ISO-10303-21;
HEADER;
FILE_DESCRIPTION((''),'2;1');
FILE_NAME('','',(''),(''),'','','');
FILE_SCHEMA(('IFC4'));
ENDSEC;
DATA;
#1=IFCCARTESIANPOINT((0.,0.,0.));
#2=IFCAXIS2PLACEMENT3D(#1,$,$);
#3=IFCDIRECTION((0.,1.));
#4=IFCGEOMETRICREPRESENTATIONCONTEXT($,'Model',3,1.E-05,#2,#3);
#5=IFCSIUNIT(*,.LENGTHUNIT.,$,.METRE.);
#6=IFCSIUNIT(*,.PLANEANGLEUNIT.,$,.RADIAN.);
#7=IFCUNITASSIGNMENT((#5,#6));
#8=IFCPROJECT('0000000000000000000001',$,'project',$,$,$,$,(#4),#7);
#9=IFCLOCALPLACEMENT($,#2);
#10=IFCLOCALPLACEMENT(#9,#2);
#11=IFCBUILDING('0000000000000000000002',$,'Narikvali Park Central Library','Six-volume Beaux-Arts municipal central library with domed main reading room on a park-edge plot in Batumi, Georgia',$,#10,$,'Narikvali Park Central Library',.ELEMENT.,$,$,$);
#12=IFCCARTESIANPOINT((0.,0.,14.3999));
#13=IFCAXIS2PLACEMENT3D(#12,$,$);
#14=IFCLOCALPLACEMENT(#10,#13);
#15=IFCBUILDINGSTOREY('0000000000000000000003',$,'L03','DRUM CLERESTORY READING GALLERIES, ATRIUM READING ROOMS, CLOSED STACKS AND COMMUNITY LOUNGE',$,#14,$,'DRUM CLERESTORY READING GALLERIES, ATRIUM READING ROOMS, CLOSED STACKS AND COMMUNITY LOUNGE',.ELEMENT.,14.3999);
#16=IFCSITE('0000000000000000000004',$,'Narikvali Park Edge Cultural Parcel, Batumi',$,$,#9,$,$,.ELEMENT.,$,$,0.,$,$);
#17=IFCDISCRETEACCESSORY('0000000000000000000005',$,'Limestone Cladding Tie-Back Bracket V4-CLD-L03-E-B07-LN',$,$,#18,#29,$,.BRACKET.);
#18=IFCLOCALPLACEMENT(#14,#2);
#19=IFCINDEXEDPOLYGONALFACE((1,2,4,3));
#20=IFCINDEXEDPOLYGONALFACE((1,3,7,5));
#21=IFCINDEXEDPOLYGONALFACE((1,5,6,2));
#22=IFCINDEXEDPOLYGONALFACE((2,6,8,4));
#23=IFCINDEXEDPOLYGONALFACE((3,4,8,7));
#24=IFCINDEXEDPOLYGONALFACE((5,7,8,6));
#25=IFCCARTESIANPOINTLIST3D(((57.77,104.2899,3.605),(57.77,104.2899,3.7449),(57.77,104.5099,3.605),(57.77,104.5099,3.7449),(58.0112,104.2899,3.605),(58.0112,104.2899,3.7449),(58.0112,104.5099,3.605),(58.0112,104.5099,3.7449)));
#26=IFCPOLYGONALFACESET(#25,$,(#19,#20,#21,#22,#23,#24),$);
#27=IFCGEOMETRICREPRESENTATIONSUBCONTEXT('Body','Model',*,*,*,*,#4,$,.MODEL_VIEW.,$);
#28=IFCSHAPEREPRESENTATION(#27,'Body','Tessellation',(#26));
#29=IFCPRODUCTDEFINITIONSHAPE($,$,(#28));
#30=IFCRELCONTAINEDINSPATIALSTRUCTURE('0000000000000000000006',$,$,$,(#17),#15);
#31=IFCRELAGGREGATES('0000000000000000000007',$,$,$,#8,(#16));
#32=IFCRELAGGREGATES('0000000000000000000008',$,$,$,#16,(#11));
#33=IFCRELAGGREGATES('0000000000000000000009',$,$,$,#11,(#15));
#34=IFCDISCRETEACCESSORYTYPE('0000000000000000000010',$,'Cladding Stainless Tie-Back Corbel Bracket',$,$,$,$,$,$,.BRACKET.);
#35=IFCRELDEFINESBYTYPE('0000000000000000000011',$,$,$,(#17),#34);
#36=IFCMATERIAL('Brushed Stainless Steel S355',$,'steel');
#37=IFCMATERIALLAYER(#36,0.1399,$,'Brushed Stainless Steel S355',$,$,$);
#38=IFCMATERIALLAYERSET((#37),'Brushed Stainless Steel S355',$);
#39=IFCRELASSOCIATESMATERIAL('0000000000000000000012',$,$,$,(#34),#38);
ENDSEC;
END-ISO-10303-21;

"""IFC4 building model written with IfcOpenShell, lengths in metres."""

from ifc_helpers import new_model, si_unit, direction, frame, origin, origin_2d, place, context, subcontext, project, spatial, rectangle, extrude, material, layer, layer_set, type_object, element, save


model = new_model("IFC4")

# Units and contexts
model_context = context("Model", 3, precision=1e-05, world=origin(), true_north=direction((0.0, 1.0)))
body_context = subcontext(model_context, "Body", "Model", "MODEL_VIEW")
ifc_project = project(units=[si_unit("LENGTHUNIT", "METRE"), si_unit("PLANEANGLEUNIT", "RADIAN")], contexts=[model_context])

# Site, building, storey
site_placement = place(None, origin())
site = spatial("IfcSite", under=ifc_project, at=site_placement, Name="Narikvali Park Edge Cultural Parcel, Batumi", CompositionType="ELEMENT", RefElevation=0.0)
building_placement = place(site_placement, origin())
building = spatial("IfcBuilding", under=site, at=building_placement, Name="Narikvali Park Central Library", Description="Six-volume Beaux-Arts municipal central library with domed main reading room on a park-edge plot in Batumi, Georgia", LongName="Narikvali Park Central Library", CompositionType="ELEMENT")
storey_placement = place(building_placement, frame((0.0, 0.0, 14.3999)))
storey = spatial("IfcBuildingStorey", under=building, at=storey_placement, Name="L03", Description="DRUM CLERESTORY READING GALLERIES, ATRIUM READING ROOMS, CLOSED STACKS AND COMMUNITY LOUNGE", LongName="DRUM CLERESTORY READING GALLERIES, ATRIUM READING ROOMS, CLOSED STACKS AND COMMUNITY LOUNGE", CompositionType="ELEMENT", Elevation=14.3999)

# Shared definitions
ifc_material_1 = material(Name="Brushed Stainless Steel S355", Category="steel")

# Discrete accessory
ifc_layer_1 = layer(ifc_material_1, 0.1399, Name="Brushed Stainless Steel S355")
ifc_layer_set_1 = layer_set([ifc_layer_1], Name="Brushed Stainless Steel S355")
discrete_accessory_type = type_object("IfcDiscreteAccessoryType", Name="Cladding Stainless Tie-Back Corbel Bracket", PredefinedType="BRACKET", material=ifc_layer_set_1)
discrete_accessory_1_placement = place(storey_placement, frame((57.8906, 104.3999, 3.605), z_axis=(0.0, 0.0, 1.0), x_axis=(1.0, 0.0, 0.0)))
element("IfcDiscreteAccessory", 1, at=discrete_accessory_1_placement, inside=storey, type_object=discrete_accessory_type, Name="Limestone Cladding Tie-Back Bracket V4-CLD-L03-E-B07-LN", PredefinedType="BRACKET", context=body_context, shape_type="SweptSolid", body=[
    extrude(rectangle(XDim=0.2412, YDim=0.22, at=origin_2d()), origin(), (0.0, 0.0, 1.0), 0.1399),
])

save(model, "model.ifc")
